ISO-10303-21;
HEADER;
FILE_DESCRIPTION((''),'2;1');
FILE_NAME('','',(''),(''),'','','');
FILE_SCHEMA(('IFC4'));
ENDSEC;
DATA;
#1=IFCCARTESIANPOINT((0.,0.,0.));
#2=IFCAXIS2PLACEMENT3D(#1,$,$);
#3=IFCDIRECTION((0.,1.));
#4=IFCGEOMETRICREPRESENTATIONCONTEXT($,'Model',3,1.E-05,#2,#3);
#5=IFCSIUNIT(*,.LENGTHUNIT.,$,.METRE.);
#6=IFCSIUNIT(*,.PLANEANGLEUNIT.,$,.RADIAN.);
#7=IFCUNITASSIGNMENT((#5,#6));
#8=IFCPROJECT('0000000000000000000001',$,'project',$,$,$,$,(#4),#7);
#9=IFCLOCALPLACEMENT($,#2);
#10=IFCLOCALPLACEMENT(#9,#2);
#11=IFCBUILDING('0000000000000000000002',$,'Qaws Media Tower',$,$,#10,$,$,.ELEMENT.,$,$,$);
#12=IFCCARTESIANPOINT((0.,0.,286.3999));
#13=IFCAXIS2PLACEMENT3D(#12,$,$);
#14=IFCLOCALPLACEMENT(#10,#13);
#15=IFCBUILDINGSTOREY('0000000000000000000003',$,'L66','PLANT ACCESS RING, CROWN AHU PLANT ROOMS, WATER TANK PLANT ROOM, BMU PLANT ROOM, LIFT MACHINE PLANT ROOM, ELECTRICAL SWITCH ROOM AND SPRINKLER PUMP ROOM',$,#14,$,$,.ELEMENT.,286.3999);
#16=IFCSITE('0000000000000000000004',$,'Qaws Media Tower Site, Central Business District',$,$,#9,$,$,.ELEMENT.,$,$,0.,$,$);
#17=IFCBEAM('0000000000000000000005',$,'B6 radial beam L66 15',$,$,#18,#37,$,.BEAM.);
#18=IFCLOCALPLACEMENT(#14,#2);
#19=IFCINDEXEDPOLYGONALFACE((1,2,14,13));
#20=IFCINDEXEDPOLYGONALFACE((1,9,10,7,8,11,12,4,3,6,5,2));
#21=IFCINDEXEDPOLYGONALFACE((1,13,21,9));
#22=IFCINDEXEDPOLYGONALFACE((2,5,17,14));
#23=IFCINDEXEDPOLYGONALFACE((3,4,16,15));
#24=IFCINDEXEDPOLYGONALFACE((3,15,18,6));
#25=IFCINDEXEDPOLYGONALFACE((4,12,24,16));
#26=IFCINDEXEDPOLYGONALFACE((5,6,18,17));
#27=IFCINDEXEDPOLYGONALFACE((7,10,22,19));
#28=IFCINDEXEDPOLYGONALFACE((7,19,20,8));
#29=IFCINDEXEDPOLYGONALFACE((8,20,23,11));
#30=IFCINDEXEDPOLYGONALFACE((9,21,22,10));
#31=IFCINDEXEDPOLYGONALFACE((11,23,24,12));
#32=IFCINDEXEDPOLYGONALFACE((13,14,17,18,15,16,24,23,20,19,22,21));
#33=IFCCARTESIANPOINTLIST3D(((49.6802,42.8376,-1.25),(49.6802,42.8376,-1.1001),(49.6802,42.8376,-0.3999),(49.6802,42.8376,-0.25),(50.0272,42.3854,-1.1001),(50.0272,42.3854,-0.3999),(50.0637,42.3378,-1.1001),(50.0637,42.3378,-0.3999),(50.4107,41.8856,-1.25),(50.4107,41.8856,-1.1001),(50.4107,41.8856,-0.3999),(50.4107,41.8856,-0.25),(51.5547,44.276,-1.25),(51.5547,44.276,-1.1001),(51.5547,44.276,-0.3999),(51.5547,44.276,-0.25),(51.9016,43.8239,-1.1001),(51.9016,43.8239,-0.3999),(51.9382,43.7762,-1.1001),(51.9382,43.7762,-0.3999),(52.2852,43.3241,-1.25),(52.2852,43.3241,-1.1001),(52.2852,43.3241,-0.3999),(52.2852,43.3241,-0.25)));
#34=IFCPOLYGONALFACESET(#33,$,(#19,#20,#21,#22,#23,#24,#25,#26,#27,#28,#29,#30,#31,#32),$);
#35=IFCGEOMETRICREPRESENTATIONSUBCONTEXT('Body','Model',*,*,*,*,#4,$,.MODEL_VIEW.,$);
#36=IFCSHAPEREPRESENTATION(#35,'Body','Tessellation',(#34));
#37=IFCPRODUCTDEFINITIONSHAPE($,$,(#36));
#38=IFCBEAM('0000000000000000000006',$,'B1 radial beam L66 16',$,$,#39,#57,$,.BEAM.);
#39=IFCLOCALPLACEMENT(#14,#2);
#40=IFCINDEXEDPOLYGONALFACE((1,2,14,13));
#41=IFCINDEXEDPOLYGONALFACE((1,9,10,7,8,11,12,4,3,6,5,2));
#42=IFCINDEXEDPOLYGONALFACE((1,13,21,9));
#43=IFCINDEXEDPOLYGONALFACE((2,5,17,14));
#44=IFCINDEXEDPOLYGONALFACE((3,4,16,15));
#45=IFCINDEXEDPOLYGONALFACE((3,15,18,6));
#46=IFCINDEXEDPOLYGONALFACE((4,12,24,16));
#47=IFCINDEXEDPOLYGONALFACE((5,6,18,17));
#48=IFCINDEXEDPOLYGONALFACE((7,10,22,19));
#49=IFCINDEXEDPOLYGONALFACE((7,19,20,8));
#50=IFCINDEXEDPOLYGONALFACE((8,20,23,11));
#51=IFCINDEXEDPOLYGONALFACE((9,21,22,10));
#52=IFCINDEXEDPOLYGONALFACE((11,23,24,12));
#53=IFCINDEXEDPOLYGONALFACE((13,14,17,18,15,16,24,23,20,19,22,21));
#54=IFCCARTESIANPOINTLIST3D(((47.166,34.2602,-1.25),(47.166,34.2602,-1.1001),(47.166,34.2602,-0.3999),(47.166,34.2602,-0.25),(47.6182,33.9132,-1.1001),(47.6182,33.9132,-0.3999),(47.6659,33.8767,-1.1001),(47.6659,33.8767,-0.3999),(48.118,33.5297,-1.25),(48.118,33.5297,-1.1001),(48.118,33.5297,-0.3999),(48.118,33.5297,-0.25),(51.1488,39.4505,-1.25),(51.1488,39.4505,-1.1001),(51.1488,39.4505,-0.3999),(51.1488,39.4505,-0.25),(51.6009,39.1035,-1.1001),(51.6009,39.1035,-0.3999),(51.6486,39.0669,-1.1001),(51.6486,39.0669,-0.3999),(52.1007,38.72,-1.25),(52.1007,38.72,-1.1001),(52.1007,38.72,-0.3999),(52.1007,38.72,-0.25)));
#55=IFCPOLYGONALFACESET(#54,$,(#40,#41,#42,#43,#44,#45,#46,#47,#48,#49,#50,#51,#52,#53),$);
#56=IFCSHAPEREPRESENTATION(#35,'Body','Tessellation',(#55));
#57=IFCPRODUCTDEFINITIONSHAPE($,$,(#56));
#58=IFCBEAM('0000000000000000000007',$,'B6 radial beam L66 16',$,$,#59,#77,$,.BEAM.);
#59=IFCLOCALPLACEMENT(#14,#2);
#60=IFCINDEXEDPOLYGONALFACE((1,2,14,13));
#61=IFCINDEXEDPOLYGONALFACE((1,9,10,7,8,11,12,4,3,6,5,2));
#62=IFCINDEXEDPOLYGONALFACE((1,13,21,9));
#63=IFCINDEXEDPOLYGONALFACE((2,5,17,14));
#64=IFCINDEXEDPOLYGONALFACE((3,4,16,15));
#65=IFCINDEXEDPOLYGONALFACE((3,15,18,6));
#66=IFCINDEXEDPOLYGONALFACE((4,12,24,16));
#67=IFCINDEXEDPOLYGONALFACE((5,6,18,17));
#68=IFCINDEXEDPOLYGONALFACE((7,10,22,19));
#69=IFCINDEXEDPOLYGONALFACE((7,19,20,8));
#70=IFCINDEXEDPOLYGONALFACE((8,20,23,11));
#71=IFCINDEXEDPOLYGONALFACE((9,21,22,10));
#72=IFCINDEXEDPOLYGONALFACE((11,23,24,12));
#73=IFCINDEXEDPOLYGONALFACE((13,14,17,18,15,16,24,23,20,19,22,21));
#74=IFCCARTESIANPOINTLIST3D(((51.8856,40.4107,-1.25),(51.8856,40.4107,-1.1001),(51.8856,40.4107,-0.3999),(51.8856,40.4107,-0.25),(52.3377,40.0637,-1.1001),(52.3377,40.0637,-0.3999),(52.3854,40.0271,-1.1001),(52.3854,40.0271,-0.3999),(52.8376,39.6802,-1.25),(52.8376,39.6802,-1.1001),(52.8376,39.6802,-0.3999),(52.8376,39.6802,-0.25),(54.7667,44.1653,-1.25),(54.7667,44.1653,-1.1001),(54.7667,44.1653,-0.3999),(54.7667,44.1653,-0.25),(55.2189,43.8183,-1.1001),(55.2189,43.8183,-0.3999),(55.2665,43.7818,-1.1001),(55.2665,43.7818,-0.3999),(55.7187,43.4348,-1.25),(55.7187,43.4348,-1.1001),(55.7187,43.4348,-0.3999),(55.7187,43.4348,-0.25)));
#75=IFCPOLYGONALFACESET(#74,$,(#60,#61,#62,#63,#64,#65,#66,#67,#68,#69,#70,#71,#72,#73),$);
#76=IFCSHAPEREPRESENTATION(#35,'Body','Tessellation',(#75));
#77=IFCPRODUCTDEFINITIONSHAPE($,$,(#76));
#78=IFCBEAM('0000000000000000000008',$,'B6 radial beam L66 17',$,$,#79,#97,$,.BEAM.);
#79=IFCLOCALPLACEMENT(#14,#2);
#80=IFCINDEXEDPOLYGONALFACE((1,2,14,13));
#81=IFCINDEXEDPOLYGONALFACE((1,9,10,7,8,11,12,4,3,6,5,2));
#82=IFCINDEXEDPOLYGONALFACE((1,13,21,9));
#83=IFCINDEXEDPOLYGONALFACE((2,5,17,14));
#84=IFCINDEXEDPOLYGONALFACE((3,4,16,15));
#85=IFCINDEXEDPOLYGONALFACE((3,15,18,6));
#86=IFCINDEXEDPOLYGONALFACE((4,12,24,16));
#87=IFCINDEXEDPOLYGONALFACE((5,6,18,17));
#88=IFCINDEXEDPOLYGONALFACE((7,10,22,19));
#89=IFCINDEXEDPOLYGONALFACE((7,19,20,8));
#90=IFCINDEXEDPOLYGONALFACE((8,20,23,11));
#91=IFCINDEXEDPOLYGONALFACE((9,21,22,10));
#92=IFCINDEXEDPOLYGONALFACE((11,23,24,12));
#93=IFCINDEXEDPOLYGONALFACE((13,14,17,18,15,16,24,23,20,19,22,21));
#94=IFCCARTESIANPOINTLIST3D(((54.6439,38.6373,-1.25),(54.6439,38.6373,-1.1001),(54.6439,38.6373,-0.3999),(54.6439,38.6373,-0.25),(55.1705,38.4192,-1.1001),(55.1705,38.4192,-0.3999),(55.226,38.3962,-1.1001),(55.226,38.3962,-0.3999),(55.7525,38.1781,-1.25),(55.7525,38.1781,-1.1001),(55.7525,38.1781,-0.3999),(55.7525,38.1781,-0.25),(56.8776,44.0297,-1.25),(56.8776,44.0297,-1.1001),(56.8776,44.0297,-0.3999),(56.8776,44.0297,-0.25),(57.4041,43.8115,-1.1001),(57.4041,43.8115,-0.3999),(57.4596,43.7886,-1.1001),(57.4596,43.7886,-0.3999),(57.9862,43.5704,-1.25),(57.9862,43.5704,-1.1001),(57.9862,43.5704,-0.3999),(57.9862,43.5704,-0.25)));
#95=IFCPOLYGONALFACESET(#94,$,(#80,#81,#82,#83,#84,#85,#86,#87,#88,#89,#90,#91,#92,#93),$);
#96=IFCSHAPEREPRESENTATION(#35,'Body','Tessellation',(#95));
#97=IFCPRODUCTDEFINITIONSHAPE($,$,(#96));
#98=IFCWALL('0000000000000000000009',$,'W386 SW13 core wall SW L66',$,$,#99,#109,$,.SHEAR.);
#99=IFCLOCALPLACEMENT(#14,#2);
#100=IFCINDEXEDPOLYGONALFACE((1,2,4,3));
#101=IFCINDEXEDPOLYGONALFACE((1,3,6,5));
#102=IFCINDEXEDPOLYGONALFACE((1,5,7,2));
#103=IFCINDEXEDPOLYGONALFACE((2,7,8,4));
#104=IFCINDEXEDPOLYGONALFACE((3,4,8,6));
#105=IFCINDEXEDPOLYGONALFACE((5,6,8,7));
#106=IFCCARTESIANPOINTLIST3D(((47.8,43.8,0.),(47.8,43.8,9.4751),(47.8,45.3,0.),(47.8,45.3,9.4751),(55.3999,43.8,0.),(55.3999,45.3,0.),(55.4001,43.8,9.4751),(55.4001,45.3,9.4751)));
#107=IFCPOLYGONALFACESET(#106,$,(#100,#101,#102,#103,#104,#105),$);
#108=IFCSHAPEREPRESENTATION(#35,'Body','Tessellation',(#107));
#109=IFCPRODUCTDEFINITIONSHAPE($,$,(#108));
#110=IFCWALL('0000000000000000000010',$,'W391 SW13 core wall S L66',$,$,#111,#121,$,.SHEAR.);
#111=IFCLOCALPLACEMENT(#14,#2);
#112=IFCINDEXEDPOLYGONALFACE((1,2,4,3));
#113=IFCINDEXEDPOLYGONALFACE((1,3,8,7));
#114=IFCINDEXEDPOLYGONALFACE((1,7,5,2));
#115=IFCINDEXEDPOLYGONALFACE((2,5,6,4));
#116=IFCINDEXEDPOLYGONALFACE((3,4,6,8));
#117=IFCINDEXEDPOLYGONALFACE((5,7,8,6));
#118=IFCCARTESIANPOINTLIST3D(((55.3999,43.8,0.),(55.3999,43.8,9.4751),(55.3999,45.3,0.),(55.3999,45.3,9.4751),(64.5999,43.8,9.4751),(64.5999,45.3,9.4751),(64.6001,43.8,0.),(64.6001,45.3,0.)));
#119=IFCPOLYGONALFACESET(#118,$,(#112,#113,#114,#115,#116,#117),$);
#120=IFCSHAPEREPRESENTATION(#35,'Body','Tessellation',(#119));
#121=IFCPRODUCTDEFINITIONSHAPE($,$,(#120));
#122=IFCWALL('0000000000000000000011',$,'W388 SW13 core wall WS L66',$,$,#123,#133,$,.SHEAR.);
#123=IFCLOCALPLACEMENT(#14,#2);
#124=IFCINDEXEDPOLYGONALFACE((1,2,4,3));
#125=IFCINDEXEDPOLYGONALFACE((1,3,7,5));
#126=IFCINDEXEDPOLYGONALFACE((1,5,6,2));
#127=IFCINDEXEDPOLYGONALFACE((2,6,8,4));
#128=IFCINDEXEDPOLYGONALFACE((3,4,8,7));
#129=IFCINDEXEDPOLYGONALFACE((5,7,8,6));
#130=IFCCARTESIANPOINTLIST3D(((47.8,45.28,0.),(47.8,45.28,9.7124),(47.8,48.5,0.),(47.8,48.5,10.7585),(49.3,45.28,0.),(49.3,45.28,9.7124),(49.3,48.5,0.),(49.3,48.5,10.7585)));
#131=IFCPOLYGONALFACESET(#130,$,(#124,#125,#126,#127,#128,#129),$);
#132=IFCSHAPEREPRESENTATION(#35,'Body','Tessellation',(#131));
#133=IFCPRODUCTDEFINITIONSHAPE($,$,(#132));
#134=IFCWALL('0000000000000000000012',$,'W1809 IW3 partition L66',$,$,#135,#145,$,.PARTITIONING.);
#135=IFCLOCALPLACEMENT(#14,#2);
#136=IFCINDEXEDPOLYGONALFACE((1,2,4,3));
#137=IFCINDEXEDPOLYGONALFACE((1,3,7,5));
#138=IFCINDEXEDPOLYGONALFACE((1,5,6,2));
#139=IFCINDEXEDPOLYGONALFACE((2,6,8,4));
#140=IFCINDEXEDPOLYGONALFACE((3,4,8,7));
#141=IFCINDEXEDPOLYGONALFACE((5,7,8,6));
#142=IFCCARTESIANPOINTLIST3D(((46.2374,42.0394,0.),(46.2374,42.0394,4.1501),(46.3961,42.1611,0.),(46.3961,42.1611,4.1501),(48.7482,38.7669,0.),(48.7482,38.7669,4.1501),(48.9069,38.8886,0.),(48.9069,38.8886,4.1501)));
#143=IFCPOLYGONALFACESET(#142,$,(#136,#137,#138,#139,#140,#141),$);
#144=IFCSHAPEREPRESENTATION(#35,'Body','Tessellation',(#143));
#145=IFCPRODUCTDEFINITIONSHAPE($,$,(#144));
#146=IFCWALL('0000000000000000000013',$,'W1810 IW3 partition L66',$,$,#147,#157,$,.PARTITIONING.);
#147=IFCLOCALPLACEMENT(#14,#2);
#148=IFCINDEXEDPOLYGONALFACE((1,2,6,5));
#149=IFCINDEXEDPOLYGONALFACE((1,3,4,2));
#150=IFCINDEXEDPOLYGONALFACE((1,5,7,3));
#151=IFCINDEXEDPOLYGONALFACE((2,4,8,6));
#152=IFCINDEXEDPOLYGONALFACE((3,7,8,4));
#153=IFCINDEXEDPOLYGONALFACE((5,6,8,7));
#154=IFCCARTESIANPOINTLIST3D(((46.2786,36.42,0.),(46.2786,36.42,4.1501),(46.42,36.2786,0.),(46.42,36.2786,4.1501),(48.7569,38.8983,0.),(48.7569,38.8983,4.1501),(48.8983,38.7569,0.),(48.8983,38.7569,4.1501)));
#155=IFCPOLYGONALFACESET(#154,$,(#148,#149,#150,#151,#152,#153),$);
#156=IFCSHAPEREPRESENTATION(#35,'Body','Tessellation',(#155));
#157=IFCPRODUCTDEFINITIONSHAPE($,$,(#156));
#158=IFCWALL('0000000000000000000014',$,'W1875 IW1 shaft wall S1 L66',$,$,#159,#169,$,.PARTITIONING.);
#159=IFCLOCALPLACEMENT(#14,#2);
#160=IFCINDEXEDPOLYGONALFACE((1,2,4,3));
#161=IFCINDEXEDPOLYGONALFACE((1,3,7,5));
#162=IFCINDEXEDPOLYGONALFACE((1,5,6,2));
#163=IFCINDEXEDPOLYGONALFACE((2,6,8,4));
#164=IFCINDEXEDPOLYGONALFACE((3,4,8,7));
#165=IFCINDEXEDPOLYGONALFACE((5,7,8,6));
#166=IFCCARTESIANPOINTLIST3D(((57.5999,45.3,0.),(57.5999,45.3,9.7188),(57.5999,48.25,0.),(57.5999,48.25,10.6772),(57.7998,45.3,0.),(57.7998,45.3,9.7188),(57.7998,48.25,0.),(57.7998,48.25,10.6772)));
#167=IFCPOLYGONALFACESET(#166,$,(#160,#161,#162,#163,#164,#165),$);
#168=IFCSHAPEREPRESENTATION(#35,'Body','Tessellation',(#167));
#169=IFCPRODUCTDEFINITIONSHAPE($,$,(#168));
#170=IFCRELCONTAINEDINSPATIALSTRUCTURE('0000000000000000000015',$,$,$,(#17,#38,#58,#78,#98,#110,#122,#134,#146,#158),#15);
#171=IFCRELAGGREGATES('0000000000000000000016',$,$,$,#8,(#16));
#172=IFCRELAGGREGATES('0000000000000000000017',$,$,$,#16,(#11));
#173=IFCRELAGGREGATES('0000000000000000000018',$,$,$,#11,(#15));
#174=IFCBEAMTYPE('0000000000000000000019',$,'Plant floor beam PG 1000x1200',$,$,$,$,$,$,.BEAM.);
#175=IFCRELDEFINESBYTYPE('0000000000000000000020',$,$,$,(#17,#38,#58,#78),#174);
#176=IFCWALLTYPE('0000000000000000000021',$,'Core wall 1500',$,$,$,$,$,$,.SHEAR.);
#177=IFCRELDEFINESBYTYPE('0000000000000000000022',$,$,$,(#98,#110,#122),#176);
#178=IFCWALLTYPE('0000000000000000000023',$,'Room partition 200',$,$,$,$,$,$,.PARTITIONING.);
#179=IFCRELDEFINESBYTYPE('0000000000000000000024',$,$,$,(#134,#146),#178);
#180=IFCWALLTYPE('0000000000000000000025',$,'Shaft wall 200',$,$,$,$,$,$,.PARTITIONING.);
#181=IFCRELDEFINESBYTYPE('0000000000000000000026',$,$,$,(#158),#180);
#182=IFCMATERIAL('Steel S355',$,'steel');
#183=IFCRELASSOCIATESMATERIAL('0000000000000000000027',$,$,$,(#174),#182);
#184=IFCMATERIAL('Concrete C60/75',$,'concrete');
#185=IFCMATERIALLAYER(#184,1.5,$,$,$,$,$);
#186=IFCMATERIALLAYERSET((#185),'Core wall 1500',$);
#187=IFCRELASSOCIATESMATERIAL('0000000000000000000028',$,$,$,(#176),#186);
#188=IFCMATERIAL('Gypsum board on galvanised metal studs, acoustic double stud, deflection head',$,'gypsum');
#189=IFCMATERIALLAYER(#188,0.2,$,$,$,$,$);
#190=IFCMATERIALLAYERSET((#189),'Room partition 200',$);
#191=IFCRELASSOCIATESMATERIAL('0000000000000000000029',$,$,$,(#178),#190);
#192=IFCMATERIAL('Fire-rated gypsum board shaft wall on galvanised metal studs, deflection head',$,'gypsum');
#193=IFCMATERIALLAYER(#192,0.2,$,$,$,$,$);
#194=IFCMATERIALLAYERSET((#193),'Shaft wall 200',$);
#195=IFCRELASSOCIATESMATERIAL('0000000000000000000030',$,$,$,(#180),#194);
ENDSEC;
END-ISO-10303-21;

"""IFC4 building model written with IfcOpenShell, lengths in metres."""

from ifc_helpers import new_model, si_unit, direction, frame, frame_2d, origin, origin_2d, place, context, subcontext, project, spatial, polyline, rectangle, i_section, outline, extrude, material, layer, layer_set, material_profile, profile_set, type_object, element, save


model = new_model("IFC4")

# Units and contexts
model_context = context("Model", 3, precision=1e-05, world=origin(), true_north=direction((0.0, 1.0)))
body_context = subcontext(model_context, "Body", "Model", "MODEL_VIEW")
ifc_project = project(units=[si_unit("LENGTHUNIT", "METRE"), si_unit("PLANEANGLEUNIT", "RADIAN")], contexts=[model_context])

# Site, building, storey
site_placement = place(None, origin())
site = spatial("IfcSite", under=ifc_project, at=site_placement, Name="Qaws Media Tower Site, Central Business District", CompositionType="ELEMENT", RefElevation=0.0)
building_placement = place(site_placement, origin())
building = spatial("IfcBuilding", under=site, at=building_placement, Name="Qaws Media Tower", CompositionType="ELEMENT")
storey_placement = place(building_placement, frame((0.0, 0.0, 286.3999)))
storey = spatial("IfcBuildingStorey", under=building, at=storey_placement, Name="L66", Description="PLANT ACCESS RING, CROWN AHU PLANT ROOMS, WATER TANK PLANT ROOM, BMU PLANT ROOM, LIFT MACHINE PLANT ROOM, ELECTRICAL SWITCH ROOM AND SPRINKLER PUMP ROOM", CompositionType="ELEMENT", Elevation=286.3999)

# Beams
ifc_material_1 = material(Name="Steel S355", Category="steel")
ifc_material_profile_1 = material_profile(ifc_material_1, i_section(OverallWidth=1.2, OverallDepth=1.0, WebThickness=0.0601, FlangeThickness=0.1499, at=origin_2d()), Name="PG 1000x1200")
ifc_profile_set_1 = profile_set([ifc_material_profile_1], Name="Steel S355")
beam_type_1 = type_object("IfcBeamType", Name="Plant floor beam PG 1000x1200", PredefinedType="BEAM", material=ifc_profile_set_1)
beam_1_placement = place(storey_placement, frame((51.9199, 43.8, -0.75), z_axis=(-0.79333, -0.608792, 0.0), x_axis=(0.608792, -0.79333, 0.0)))
element("IfcBeam", 1, at=beam_1_placement, inside=storey, type_object=beam_type_1, Name="B6 radial beam L66 15", PredefinedType="BEAM", context=body_context, shape_type="SweptSolid", body=[
    extrude(i_section(OverallWidth=1.2, OverallDepth=1.0, WebThickness=0.0601, FlangeThickness=0.1499, at=origin_2d()), origin(), (0.0, 0.0, 1.0), 2.3628),
])
beam_2_placement = place(storey_placement, frame((51.6248, 39.0852, -0.75), z_axis=(-0.608771, -0.793346, 0.0), x_axis=(0.793346, -0.608771, 0.0)))
element("IfcBeam", 2, at=beam_2_placement, inside=storey, type_object=beam_type_1, Name="B1 radial beam L66 16", PredefinedType="BEAM", context=body_context, shape_type="SweptSolid", body=[
    extrude(i_section(OverallWidth=1.2, OverallDepth=1.0, WebThickness=0.0601, FlangeThickness=0.1499, at=origin_2d()), origin(), (0.0, 0.0, 1.0), 6.5422),
])
beam_3_placement = place(storey_placement, frame((55.2427, 43.8, -0.75), z_axis=(-0.60877, -0.793346, 0.0), x_axis=(0.793346, -0.60877, 0.0)))
element("IfcBeam", 3, at=beam_3_placement, inside=storey, type_object=beam_type_1, Name="B6 radial beam L66 16", PredefinedType="BEAM", context=body_context, shape_type="SweptSolid", body=[
    extrude(i_section(OverallWidth=1.2, OverallDepth=1.0, WebThickness=0.0601, FlangeThickness=0.1499, at=origin_2d()), origin(), (0.0, 0.0, 1.0), 4.7327),
])
beam_4_placement = place(storey_placement, frame((57.4319, 43.8, -0.75), z_axis=(-0.382693, -0.923876, 0.0), x_axis=(0.923876, -0.382693, 0.0)))
element("IfcBeam", 4, at=beam_4_placement, inside=storey, type_object=beam_type_1, Name="B6 radial beam L66 17", PredefinedType="BEAM", context=body_context, shape_type="SweptSolid", body=[
    extrude(i_section(OverallWidth=1.2, OverallDepth=1.0, WebThickness=0.0601, FlangeThickness=0.1499, at=origin_2d()), origin(), (0.0, 0.0, 1.0), 5.8367),
])

# Walls
ifc_material_2 = material(Name="Concrete C60/75", Category="concrete")
ifc_layer_1 = layer(ifc_material_2, 1.5)
ifc_layer_set_1 = layer_set([ifc_layer_1], Name="Core wall 1500")
wall_type_1 = type_object("IfcWallType", Name="Core wall 1500", PredefinedType="SHEAR", material=ifc_layer_set_1)
wall_1_placement = place(storey_placement, frame((47.8, 44.55, 0.0), z_axis=(0.0, 0.0, 1.0), x_axis=(1.0, 0.0, 0.0)))
element("IfcWall", 5, at=wall_1_placement, inside=storey, type_object=wall_type_1, Name="W386 SW13 core wall SW L66", PredefinedType="SHEAR", context=body_context, shape_type="SweptSolid", body=[
    extrude(outline(polyline([(0.0, 0.0), (7.5999, 0.0), (7.6001, 9.4751), (0.0, 9.4751), (0.0, 0.0)])), frame((0.0, 0.75, 0.0), z_axis=(0.0, -1.0, 0.0), x_axis=(1.0, 0.0, 0.0)), (0.0, 0.0, 1.0), 1.5),
])
wall_2_placement = place(storey_placement, frame((55.3999, 44.55, 0.0), z_axis=(0.0, 0.0, 1.0), x_axis=(1.0, 0.0, 0.0)))
element("IfcWall", 6, at=wall_2_placement, inside=storey, type_object=wall_type_1, Name="W391 SW13 core wall S L66", PredefinedType="SHEAR", context=body_context, shape_type="SweptSolid", body=[
    extrude(outline(polyline([(0.0, 0.0), (9.2002, 0.0), (9.2, 9.4751), (0.0, 9.4751), (0.0, 0.0)])), frame((0.0, 0.75, 0.0), z_axis=(0.0, -1.0, 0.0), x_axis=(1.0, 0.0, 0.0)), (0.0, 0.0, 1.0), 1.5),
])
wall_3_placement = place(storey_placement, frame((48.55, 45.28, 0.0), z_axis=(0.0, 0.0, 1.0), x_axis=(0.0, 1.0, 0.0)))
element("IfcWall", 7, at=wall_3_placement, inside=storey, type_object=wall_type_1, Name="W388 SW13 core wall WS L66", PredefinedType="SHEAR", context=body_context, shape_type="SweptSolid", body=[
    extrude(outline(polyline([(0.0, 0.0), (3.22, 0.0), (3.22, 10.7585), (0.0, 9.7124), (0.0, 0.0)])), frame((0.0, 0.75, 0.0), z_axis=(0.0, -1.0, 0.0), x_axis=(1.0, 0.0, 0.0)), (0.0, 0.0, 1.0), 1.5),
])
ifc_material_3 = material(Name="Gypsum board on galvanised metal studs, acoustic double stud, deflection head", Category="gypsum")
ifc_layer_2 = layer(ifc_material_3, 0.2)
ifc_layer_set_2 = layer_set([ifc_layer_2], Name="Room partition 200")
wall_type_2 = type_object("IfcWallType", Name="Room partition 200", PredefinedType="PARTITIONING", material=ifc_layer_set_2)
wall_4_placement = place(storey_placement, frame((48.8276, 38.8276, 0.0), z_axis=(0.0, 0.0, 1.0), x_axis=(-0.608715, 0.793389, 0.0)))
element("IfcWall", 8, at=wall_4_placement, inside=storey, type_object=wall_type_2, Name="W1809 IW3 partition L66", PredefinedType="PARTITIONING", context=body_context, shape_type="SweptSolid", body=[
    extrude(rectangle(XDim=4.1248, YDim=0.2, at=frame_2d((2.0625, 0.0))), origin(), (0.0, 0.0, 1.0), 4.1501),
])
wall_5_placement = place(storey_placement, frame((48.8276, 38.8276, 0.0), z_axis=(0.0, 0.0, 1.0), x_axis=(-0.707107, -0.707107, 0.0)))
element("IfcWall", 9, at=wall_5_placement, inside=storey, type_object=wall_type_2, Name="W1810 IW3 partition L66", PredefinedType="PARTITIONING", context=body_context, shape_type="SweptSolid", body=[
    extrude(rectangle(XDim=3.5049, YDim=0.2, at=frame_2d((1.7524, 0.0))), origin(), (0.0, 0.0, 1.0), 4.1501),
])
ifc_material_4 = material(Name="Fire-rated gypsum board shaft wall on galvanised metal studs, deflection head", Category="gypsum")
ifc_layer_3 = layer(ifc_material_4, 0.2)
ifc_layer_set_3 = layer_set([ifc_layer_3], Name="Shaft wall 200")
wall_type_3 = type_object("IfcWallType", Name="Shaft wall 200", PredefinedType="PARTITIONING", material=ifc_layer_set_3)
wall_6_placement = place(storey_placement, frame((57.7, 45.3, 0.0), z_axis=(0.0, 0.0, 1.0), x_axis=(0.0, 1.0, 0.0)))
element("IfcWall", 10, at=wall_6_placement, inside=storey, type_object=wall_type_3, Name="W1875 IW1 shaft wall S1 L66", PredefinedType="PARTITIONING", context=body_context, shape_type="SweptSolid", body=[
    extrude(outline(polyline([(0.0, 0.0), (2.95, 0.0), (2.95, 10.6772), (0.0, 9.7188), (0.0, 0.0)])), frame((0.0, 0.1001, 0.0), z_axis=(0.0, -1.0, 0.0), x_axis=(1.0, 0.0, 0.0)), (0.0, 0.0, 1.0), 0.2),
])

save(model, "model.ifc")
